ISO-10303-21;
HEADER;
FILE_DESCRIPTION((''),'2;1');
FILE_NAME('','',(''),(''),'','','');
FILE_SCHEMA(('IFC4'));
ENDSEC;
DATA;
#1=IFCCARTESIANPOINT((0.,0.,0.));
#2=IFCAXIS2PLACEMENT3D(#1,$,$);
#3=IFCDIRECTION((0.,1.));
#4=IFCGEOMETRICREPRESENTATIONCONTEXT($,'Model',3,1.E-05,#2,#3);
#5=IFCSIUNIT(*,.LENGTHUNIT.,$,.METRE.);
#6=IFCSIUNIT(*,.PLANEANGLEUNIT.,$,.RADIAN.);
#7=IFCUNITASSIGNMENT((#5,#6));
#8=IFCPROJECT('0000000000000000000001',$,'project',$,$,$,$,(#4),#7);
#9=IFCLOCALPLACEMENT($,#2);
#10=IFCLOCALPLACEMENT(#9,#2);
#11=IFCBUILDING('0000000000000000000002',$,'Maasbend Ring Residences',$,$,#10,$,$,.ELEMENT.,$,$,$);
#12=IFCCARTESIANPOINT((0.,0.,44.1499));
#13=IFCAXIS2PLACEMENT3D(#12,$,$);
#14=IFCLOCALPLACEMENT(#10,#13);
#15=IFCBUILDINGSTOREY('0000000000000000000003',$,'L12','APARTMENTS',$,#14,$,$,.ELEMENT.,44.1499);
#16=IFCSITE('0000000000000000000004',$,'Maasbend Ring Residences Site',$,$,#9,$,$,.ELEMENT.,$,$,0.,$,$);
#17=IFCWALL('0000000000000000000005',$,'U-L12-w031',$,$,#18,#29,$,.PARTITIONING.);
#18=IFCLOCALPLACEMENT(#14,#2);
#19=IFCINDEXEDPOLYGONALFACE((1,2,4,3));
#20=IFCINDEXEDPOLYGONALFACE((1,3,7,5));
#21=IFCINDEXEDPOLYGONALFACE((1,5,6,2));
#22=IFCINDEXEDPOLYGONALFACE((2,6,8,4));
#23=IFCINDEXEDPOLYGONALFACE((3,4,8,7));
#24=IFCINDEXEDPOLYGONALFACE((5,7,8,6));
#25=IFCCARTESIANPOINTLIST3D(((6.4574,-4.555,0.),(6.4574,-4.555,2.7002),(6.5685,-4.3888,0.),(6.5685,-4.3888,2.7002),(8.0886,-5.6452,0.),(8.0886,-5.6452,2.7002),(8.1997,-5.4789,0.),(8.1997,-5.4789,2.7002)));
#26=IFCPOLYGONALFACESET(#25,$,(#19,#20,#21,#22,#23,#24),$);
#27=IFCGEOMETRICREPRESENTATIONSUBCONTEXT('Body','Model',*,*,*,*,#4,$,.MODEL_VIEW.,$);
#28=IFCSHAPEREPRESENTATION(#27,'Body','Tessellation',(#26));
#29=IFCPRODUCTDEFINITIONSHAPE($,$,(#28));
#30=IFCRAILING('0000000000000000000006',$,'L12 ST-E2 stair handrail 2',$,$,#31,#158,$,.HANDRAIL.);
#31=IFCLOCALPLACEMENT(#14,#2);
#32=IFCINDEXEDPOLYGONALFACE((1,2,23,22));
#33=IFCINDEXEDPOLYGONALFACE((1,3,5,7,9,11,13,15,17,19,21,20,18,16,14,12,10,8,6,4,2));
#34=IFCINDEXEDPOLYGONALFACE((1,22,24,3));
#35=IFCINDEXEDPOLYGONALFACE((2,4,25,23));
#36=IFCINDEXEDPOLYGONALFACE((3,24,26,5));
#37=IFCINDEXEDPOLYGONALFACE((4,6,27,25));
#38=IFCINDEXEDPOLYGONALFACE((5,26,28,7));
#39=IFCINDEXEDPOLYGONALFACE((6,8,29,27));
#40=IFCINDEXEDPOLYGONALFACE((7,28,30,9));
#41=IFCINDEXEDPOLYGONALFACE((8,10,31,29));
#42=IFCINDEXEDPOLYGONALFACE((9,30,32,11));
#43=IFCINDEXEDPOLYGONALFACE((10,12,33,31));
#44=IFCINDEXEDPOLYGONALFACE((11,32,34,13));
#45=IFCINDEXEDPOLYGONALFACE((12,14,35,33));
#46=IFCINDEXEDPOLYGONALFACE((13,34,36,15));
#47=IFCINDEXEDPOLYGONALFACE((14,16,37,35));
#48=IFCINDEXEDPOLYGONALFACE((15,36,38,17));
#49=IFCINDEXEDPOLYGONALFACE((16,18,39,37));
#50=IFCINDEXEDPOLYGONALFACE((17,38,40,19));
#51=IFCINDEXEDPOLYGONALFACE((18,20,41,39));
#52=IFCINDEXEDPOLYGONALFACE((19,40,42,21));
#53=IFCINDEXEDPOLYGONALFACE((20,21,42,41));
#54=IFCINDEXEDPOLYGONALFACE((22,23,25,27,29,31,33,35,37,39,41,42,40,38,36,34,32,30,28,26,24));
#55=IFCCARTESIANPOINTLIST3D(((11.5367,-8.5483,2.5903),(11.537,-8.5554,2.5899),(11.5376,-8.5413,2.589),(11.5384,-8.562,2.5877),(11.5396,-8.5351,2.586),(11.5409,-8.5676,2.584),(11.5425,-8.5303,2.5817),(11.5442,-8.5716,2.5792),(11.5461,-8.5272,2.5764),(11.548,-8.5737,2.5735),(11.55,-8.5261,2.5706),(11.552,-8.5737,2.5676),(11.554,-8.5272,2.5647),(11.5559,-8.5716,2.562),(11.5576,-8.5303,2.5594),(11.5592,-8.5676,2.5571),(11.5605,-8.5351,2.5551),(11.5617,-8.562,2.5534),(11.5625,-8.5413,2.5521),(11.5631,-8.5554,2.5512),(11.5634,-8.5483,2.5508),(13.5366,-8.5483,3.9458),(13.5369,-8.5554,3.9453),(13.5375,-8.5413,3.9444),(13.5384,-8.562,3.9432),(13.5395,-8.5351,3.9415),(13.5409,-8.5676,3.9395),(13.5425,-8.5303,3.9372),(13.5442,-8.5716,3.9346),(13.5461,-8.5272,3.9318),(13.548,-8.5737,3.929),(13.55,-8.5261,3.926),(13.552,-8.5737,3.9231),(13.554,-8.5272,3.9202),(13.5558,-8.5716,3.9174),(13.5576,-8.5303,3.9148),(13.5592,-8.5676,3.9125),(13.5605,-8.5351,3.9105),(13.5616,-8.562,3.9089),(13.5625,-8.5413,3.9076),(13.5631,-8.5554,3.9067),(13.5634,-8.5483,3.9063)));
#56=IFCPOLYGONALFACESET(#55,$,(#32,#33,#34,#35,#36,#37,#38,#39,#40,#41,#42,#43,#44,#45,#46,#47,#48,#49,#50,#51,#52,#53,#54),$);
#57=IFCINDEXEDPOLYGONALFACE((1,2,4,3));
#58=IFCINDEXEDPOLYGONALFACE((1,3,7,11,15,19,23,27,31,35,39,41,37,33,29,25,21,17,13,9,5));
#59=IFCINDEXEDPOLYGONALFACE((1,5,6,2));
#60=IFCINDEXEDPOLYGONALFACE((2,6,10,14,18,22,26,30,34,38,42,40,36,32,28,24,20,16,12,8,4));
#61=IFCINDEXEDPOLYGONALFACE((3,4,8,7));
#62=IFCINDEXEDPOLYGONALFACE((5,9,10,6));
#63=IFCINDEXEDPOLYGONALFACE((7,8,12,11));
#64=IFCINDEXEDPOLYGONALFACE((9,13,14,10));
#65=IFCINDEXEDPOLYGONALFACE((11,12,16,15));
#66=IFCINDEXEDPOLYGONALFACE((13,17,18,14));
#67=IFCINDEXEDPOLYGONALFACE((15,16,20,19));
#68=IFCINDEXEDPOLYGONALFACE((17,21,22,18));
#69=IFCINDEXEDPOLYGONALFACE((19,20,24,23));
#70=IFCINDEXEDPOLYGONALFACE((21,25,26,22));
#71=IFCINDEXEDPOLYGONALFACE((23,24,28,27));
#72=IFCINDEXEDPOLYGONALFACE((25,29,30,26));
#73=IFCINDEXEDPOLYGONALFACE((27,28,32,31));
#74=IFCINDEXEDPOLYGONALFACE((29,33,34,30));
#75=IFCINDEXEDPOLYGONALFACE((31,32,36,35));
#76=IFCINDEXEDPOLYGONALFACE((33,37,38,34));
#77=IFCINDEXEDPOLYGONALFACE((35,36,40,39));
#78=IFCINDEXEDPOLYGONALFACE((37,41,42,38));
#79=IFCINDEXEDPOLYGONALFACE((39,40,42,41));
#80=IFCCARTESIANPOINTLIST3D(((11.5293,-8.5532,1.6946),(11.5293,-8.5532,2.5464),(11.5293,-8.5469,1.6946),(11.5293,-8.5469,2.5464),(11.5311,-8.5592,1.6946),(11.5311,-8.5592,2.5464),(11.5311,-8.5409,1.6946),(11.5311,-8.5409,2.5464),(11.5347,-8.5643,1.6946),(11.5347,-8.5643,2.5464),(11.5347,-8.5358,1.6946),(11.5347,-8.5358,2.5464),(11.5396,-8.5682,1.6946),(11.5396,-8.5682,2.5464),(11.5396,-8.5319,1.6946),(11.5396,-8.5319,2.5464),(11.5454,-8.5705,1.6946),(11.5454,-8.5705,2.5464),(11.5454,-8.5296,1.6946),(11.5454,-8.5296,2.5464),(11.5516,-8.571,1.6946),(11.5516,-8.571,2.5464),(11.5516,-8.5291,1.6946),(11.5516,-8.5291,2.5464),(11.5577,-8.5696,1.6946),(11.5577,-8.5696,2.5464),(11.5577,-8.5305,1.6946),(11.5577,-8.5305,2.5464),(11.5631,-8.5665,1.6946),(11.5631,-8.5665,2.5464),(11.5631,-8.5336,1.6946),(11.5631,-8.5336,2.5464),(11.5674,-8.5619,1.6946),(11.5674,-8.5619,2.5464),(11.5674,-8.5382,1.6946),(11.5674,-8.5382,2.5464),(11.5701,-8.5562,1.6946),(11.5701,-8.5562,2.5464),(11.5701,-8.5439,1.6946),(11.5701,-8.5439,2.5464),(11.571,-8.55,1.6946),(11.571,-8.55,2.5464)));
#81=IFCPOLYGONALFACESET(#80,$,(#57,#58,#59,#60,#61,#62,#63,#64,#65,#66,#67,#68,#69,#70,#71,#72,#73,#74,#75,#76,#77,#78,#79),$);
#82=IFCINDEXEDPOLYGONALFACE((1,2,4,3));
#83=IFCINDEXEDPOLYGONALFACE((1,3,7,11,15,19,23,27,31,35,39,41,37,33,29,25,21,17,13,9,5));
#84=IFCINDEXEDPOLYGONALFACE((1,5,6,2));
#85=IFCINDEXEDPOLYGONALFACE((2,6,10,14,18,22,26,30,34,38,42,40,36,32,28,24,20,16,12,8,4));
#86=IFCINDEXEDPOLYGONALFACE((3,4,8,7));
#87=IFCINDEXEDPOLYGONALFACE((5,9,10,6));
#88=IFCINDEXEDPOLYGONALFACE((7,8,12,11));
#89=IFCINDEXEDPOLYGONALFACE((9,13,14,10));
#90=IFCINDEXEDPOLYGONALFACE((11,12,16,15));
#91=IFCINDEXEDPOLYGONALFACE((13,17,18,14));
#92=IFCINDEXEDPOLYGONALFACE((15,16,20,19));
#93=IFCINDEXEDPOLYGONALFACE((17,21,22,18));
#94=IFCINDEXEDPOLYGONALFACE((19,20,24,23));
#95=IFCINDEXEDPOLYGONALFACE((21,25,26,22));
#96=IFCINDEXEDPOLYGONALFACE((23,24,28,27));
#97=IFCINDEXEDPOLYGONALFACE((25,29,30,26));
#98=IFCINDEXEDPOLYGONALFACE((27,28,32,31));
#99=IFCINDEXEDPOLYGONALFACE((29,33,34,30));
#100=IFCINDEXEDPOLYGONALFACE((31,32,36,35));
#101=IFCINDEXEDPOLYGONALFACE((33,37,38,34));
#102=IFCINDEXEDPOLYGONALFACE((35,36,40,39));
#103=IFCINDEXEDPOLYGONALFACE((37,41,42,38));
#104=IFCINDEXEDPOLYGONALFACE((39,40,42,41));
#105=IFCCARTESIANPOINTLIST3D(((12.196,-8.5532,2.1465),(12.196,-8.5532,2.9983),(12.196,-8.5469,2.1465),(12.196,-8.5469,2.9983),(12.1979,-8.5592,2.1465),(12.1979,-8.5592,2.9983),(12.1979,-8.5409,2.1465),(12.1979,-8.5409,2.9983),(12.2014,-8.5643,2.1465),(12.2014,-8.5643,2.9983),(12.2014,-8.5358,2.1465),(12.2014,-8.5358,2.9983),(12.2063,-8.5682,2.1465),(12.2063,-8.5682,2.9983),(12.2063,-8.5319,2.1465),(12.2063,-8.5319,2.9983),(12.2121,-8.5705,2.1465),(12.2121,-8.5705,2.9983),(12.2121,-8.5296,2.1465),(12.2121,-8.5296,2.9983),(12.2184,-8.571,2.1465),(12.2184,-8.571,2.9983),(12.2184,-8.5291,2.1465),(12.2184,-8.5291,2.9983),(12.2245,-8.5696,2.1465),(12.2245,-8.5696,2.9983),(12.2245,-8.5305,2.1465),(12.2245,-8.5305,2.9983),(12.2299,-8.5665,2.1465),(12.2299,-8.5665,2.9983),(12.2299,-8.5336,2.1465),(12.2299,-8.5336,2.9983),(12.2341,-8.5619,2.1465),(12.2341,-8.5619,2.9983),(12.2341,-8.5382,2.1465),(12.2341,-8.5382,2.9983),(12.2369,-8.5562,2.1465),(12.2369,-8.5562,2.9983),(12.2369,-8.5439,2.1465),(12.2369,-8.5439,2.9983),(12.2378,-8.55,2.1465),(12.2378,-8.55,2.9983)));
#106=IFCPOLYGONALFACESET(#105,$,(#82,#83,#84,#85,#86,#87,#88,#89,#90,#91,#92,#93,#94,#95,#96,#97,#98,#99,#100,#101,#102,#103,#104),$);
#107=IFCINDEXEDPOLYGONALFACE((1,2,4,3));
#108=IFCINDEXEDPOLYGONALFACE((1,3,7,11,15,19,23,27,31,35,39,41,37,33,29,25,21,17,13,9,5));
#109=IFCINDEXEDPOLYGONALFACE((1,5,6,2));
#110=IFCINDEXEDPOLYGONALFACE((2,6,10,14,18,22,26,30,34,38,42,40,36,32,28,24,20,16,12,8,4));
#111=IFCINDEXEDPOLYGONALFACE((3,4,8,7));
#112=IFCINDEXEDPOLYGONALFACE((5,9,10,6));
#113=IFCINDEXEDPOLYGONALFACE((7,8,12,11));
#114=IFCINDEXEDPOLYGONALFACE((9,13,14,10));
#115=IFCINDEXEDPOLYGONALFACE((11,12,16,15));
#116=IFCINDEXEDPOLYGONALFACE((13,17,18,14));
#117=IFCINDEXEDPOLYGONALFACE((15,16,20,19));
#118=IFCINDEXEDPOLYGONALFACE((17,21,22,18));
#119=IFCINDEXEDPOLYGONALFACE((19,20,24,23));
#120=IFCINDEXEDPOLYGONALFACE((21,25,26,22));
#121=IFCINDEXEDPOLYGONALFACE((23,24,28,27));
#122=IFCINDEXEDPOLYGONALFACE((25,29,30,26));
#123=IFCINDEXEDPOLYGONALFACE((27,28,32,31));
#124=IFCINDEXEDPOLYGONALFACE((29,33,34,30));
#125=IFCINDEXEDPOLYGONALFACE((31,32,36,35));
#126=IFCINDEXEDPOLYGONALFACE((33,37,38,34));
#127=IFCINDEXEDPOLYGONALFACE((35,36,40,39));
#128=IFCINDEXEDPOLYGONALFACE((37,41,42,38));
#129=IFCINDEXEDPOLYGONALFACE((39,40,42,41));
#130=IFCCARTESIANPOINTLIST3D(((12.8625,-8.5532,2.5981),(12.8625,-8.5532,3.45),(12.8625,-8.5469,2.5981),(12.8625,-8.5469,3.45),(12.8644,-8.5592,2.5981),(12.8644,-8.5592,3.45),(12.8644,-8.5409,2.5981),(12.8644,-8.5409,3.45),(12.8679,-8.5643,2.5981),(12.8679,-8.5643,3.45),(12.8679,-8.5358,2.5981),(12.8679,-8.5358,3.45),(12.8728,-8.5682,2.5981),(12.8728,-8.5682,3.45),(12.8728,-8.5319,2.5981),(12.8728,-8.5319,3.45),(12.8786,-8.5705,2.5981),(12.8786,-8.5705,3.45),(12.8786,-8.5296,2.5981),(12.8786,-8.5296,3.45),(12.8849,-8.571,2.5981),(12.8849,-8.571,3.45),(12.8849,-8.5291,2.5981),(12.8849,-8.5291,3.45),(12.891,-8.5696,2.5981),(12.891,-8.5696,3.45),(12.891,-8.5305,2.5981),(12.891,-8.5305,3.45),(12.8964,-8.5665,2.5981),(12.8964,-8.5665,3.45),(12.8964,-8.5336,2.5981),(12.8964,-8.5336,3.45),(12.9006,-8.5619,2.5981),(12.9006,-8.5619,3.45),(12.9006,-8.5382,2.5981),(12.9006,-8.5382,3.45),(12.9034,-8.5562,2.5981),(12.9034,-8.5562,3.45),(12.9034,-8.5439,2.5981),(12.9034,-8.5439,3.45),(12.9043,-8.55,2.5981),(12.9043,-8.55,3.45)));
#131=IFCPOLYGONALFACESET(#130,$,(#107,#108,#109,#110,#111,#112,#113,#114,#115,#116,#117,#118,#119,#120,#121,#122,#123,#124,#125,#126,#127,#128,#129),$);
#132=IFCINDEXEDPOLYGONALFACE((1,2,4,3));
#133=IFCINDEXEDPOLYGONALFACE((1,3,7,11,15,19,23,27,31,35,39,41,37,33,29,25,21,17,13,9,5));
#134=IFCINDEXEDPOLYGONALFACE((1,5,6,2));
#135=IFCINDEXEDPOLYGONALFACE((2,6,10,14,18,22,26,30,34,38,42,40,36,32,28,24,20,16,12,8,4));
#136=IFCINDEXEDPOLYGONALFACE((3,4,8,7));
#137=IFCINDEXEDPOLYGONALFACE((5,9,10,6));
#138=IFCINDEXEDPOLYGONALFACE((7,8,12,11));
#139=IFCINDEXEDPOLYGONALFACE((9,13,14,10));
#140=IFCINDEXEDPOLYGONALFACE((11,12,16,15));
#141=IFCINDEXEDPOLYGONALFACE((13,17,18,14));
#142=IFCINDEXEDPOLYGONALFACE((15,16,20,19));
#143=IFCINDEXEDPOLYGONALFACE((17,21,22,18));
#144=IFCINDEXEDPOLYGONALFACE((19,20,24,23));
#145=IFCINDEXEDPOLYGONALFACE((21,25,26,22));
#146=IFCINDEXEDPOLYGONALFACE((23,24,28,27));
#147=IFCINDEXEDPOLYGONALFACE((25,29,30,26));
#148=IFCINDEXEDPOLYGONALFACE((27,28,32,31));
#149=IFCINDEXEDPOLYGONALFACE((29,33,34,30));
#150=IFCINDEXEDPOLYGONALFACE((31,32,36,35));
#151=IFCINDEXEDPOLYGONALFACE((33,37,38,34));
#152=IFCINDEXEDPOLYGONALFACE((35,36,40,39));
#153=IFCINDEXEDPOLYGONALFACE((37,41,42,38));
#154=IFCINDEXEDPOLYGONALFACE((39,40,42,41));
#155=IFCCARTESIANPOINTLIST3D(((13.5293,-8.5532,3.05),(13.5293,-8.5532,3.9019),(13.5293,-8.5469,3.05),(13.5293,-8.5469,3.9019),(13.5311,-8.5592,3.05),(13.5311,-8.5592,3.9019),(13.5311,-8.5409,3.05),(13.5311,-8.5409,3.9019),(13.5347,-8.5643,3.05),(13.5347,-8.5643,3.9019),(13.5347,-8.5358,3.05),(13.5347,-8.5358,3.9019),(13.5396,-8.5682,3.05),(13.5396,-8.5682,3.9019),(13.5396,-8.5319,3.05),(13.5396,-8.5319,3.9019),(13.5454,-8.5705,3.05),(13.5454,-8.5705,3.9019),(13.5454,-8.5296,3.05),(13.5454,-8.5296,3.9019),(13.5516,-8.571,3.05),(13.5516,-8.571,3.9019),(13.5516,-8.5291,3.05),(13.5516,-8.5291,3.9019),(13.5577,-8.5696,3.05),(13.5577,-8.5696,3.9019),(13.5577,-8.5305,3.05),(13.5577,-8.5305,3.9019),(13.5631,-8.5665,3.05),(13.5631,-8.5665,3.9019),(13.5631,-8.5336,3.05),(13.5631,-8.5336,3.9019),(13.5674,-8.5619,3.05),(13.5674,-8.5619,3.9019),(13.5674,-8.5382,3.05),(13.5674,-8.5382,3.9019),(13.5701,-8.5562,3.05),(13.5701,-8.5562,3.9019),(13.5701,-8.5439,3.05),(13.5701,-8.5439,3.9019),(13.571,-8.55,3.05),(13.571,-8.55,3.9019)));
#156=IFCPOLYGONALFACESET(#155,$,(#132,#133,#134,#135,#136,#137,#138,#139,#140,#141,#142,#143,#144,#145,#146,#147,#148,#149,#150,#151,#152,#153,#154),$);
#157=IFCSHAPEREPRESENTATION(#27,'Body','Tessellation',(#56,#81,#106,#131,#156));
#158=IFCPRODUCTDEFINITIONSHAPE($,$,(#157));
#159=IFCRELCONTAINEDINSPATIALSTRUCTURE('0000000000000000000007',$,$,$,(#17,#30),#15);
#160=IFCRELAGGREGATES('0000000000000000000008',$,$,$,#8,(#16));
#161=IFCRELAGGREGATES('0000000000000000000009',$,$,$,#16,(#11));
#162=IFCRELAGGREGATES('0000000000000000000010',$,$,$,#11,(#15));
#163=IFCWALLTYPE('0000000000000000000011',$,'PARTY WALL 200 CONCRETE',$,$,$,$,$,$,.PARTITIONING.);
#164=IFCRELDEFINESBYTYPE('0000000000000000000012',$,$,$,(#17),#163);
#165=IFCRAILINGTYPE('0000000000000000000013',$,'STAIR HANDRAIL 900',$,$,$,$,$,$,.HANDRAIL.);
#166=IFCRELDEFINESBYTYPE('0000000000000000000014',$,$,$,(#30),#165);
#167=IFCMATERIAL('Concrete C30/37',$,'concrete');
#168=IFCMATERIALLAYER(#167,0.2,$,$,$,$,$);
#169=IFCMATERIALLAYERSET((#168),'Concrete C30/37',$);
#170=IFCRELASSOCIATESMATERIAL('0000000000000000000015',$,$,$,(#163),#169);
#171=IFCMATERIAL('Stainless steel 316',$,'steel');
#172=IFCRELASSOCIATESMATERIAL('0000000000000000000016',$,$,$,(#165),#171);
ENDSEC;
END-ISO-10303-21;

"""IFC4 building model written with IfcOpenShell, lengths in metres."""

from ifc_helpers import new_model, si_unit, direction, frame, frame_2d, origin, origin_2d, place, context, subcontext, project, spatial, rectangle, circle, extrude, material, layer, layer_set, type_object, element, save


model = new_model("IFC4")

# Units and contexts
model_context = context("Model", 3, precision=1e-05, world=origin(), true_north=direction((0.0, 1.0)))
body_context = subcontext(model_context, "Body", "Model", "MODEL_VIEW")
ifc_project = project(units=[si_unit("LENGTHUNIT", "METRE"), si_unit("PLANEANGLEUNIT", "RADIAN")], contexts=[model_context])

# Site, building, storey
site_placement = place(None, origin())
site = spatial("IfcSite", under=ifc_project, at=site_placement, Name="Maasbend Ring Residences Site", CompositionType="ELEMENT", RefElevation=0.0)
building_placement = place(site_placement, origin())
building = spatial("IfcBuilding", under=site, at=building_placement, Name="Maasbend Ring Residences", CompositionType="ELEMENT")
storey_placement = place(building_placement, frame((0.0, 0.0, 44.1499)))
storey = spatial("IfcBuildingStorey", under=building, at=storey_placement, Name="L12", Description="APARTMENTS", CompositionType="ELEMENT", Elevation=44.1499)

# Wall
ifc_material_1 = material(Name="Concrete C30/37", Category="concrete")
ifc_layer_1 = layer(ifc_material_1, 0.2)
ifc_layer_set_1 = layer_set([ifc_layer_1], Name="Concrete C30/37")
wall_type_1 = type_object("IfcWallType", Name="PARTY WALL 200 CONCRETE", PredefinedType="PARTITIONING", material=ifc_layer_set_1)
wall_1_placement = place(storey_placement, frame((6.5129, -4.4719, 0.0), z_axis=(0.0, 0.0, 1.0), x_axis=(0.831418, -0.555648, 0.0)))
element("IfcWall", 1, at=wall_1_placement, inside=storey, type_object=wall_type_1, Name="U-L12-w031", PredefinedType="PARTITIONING", context=body_context, shape_type="SweptSolid", body=[
    extrude(rectangle(XDim=1.9619, YDim=0.2, at=frame_2d((0.981, 0.0))), origin(), (0.0, 0.0, 1.0), 2.7002),
])

# Railing
ifc_material_2 = material(Name="Stainless steel 316", Category="steel")
railing_type = type_object("IfcRailingType", Name="STAIR HANDRAIL 900", PredefinedType="HANDRAIL", material=ifc_material_2)
railing_placement = place(storey_placement, frame((11.55, -8.55, 1.6946)))
element("IfcRailing", 2, at=railing_placement, inside=storey, type_object=railing_type, Name="L12 ST-E2 stair handrail 2", PredefinedType="HANDRAIL", context=body_context, shape_type="SweptSolid", body=[
    extrude(circle(Radius=0.0239, at=origin_2d()), frame((0.0, 0.0, 0.876), z_axis=(0.827798, 0.0, 0.561027), x_axis=(0.0, 1.0, 0.0)), (0.0, 0.0, 1.0), 2.416),
    extrude(circle(Radius=0.021, at=origin_2d()), origin(), (0.0, 0.0, 1.0), 0.8518),
    extrude(circle(Radius=0.021, at=origin_2d()), frame((0.6667, 0.0, 0.4519)), (0.0, 0.0, 1.0), 0.8518),
    extrude(circle(Radius=0.021, at=origin_2d()), frame((1.3333, 0.0, 0.9036)), (0.0, 0.0, 1.0), 0.8518),
    extrude(circle(Radius=0.021, at=origin_2d()), frame((2.0, 0.0, 1.3555)), (0.0, 0.0, 1.0), 0.8518),
])

save(model, "model.ifc")
